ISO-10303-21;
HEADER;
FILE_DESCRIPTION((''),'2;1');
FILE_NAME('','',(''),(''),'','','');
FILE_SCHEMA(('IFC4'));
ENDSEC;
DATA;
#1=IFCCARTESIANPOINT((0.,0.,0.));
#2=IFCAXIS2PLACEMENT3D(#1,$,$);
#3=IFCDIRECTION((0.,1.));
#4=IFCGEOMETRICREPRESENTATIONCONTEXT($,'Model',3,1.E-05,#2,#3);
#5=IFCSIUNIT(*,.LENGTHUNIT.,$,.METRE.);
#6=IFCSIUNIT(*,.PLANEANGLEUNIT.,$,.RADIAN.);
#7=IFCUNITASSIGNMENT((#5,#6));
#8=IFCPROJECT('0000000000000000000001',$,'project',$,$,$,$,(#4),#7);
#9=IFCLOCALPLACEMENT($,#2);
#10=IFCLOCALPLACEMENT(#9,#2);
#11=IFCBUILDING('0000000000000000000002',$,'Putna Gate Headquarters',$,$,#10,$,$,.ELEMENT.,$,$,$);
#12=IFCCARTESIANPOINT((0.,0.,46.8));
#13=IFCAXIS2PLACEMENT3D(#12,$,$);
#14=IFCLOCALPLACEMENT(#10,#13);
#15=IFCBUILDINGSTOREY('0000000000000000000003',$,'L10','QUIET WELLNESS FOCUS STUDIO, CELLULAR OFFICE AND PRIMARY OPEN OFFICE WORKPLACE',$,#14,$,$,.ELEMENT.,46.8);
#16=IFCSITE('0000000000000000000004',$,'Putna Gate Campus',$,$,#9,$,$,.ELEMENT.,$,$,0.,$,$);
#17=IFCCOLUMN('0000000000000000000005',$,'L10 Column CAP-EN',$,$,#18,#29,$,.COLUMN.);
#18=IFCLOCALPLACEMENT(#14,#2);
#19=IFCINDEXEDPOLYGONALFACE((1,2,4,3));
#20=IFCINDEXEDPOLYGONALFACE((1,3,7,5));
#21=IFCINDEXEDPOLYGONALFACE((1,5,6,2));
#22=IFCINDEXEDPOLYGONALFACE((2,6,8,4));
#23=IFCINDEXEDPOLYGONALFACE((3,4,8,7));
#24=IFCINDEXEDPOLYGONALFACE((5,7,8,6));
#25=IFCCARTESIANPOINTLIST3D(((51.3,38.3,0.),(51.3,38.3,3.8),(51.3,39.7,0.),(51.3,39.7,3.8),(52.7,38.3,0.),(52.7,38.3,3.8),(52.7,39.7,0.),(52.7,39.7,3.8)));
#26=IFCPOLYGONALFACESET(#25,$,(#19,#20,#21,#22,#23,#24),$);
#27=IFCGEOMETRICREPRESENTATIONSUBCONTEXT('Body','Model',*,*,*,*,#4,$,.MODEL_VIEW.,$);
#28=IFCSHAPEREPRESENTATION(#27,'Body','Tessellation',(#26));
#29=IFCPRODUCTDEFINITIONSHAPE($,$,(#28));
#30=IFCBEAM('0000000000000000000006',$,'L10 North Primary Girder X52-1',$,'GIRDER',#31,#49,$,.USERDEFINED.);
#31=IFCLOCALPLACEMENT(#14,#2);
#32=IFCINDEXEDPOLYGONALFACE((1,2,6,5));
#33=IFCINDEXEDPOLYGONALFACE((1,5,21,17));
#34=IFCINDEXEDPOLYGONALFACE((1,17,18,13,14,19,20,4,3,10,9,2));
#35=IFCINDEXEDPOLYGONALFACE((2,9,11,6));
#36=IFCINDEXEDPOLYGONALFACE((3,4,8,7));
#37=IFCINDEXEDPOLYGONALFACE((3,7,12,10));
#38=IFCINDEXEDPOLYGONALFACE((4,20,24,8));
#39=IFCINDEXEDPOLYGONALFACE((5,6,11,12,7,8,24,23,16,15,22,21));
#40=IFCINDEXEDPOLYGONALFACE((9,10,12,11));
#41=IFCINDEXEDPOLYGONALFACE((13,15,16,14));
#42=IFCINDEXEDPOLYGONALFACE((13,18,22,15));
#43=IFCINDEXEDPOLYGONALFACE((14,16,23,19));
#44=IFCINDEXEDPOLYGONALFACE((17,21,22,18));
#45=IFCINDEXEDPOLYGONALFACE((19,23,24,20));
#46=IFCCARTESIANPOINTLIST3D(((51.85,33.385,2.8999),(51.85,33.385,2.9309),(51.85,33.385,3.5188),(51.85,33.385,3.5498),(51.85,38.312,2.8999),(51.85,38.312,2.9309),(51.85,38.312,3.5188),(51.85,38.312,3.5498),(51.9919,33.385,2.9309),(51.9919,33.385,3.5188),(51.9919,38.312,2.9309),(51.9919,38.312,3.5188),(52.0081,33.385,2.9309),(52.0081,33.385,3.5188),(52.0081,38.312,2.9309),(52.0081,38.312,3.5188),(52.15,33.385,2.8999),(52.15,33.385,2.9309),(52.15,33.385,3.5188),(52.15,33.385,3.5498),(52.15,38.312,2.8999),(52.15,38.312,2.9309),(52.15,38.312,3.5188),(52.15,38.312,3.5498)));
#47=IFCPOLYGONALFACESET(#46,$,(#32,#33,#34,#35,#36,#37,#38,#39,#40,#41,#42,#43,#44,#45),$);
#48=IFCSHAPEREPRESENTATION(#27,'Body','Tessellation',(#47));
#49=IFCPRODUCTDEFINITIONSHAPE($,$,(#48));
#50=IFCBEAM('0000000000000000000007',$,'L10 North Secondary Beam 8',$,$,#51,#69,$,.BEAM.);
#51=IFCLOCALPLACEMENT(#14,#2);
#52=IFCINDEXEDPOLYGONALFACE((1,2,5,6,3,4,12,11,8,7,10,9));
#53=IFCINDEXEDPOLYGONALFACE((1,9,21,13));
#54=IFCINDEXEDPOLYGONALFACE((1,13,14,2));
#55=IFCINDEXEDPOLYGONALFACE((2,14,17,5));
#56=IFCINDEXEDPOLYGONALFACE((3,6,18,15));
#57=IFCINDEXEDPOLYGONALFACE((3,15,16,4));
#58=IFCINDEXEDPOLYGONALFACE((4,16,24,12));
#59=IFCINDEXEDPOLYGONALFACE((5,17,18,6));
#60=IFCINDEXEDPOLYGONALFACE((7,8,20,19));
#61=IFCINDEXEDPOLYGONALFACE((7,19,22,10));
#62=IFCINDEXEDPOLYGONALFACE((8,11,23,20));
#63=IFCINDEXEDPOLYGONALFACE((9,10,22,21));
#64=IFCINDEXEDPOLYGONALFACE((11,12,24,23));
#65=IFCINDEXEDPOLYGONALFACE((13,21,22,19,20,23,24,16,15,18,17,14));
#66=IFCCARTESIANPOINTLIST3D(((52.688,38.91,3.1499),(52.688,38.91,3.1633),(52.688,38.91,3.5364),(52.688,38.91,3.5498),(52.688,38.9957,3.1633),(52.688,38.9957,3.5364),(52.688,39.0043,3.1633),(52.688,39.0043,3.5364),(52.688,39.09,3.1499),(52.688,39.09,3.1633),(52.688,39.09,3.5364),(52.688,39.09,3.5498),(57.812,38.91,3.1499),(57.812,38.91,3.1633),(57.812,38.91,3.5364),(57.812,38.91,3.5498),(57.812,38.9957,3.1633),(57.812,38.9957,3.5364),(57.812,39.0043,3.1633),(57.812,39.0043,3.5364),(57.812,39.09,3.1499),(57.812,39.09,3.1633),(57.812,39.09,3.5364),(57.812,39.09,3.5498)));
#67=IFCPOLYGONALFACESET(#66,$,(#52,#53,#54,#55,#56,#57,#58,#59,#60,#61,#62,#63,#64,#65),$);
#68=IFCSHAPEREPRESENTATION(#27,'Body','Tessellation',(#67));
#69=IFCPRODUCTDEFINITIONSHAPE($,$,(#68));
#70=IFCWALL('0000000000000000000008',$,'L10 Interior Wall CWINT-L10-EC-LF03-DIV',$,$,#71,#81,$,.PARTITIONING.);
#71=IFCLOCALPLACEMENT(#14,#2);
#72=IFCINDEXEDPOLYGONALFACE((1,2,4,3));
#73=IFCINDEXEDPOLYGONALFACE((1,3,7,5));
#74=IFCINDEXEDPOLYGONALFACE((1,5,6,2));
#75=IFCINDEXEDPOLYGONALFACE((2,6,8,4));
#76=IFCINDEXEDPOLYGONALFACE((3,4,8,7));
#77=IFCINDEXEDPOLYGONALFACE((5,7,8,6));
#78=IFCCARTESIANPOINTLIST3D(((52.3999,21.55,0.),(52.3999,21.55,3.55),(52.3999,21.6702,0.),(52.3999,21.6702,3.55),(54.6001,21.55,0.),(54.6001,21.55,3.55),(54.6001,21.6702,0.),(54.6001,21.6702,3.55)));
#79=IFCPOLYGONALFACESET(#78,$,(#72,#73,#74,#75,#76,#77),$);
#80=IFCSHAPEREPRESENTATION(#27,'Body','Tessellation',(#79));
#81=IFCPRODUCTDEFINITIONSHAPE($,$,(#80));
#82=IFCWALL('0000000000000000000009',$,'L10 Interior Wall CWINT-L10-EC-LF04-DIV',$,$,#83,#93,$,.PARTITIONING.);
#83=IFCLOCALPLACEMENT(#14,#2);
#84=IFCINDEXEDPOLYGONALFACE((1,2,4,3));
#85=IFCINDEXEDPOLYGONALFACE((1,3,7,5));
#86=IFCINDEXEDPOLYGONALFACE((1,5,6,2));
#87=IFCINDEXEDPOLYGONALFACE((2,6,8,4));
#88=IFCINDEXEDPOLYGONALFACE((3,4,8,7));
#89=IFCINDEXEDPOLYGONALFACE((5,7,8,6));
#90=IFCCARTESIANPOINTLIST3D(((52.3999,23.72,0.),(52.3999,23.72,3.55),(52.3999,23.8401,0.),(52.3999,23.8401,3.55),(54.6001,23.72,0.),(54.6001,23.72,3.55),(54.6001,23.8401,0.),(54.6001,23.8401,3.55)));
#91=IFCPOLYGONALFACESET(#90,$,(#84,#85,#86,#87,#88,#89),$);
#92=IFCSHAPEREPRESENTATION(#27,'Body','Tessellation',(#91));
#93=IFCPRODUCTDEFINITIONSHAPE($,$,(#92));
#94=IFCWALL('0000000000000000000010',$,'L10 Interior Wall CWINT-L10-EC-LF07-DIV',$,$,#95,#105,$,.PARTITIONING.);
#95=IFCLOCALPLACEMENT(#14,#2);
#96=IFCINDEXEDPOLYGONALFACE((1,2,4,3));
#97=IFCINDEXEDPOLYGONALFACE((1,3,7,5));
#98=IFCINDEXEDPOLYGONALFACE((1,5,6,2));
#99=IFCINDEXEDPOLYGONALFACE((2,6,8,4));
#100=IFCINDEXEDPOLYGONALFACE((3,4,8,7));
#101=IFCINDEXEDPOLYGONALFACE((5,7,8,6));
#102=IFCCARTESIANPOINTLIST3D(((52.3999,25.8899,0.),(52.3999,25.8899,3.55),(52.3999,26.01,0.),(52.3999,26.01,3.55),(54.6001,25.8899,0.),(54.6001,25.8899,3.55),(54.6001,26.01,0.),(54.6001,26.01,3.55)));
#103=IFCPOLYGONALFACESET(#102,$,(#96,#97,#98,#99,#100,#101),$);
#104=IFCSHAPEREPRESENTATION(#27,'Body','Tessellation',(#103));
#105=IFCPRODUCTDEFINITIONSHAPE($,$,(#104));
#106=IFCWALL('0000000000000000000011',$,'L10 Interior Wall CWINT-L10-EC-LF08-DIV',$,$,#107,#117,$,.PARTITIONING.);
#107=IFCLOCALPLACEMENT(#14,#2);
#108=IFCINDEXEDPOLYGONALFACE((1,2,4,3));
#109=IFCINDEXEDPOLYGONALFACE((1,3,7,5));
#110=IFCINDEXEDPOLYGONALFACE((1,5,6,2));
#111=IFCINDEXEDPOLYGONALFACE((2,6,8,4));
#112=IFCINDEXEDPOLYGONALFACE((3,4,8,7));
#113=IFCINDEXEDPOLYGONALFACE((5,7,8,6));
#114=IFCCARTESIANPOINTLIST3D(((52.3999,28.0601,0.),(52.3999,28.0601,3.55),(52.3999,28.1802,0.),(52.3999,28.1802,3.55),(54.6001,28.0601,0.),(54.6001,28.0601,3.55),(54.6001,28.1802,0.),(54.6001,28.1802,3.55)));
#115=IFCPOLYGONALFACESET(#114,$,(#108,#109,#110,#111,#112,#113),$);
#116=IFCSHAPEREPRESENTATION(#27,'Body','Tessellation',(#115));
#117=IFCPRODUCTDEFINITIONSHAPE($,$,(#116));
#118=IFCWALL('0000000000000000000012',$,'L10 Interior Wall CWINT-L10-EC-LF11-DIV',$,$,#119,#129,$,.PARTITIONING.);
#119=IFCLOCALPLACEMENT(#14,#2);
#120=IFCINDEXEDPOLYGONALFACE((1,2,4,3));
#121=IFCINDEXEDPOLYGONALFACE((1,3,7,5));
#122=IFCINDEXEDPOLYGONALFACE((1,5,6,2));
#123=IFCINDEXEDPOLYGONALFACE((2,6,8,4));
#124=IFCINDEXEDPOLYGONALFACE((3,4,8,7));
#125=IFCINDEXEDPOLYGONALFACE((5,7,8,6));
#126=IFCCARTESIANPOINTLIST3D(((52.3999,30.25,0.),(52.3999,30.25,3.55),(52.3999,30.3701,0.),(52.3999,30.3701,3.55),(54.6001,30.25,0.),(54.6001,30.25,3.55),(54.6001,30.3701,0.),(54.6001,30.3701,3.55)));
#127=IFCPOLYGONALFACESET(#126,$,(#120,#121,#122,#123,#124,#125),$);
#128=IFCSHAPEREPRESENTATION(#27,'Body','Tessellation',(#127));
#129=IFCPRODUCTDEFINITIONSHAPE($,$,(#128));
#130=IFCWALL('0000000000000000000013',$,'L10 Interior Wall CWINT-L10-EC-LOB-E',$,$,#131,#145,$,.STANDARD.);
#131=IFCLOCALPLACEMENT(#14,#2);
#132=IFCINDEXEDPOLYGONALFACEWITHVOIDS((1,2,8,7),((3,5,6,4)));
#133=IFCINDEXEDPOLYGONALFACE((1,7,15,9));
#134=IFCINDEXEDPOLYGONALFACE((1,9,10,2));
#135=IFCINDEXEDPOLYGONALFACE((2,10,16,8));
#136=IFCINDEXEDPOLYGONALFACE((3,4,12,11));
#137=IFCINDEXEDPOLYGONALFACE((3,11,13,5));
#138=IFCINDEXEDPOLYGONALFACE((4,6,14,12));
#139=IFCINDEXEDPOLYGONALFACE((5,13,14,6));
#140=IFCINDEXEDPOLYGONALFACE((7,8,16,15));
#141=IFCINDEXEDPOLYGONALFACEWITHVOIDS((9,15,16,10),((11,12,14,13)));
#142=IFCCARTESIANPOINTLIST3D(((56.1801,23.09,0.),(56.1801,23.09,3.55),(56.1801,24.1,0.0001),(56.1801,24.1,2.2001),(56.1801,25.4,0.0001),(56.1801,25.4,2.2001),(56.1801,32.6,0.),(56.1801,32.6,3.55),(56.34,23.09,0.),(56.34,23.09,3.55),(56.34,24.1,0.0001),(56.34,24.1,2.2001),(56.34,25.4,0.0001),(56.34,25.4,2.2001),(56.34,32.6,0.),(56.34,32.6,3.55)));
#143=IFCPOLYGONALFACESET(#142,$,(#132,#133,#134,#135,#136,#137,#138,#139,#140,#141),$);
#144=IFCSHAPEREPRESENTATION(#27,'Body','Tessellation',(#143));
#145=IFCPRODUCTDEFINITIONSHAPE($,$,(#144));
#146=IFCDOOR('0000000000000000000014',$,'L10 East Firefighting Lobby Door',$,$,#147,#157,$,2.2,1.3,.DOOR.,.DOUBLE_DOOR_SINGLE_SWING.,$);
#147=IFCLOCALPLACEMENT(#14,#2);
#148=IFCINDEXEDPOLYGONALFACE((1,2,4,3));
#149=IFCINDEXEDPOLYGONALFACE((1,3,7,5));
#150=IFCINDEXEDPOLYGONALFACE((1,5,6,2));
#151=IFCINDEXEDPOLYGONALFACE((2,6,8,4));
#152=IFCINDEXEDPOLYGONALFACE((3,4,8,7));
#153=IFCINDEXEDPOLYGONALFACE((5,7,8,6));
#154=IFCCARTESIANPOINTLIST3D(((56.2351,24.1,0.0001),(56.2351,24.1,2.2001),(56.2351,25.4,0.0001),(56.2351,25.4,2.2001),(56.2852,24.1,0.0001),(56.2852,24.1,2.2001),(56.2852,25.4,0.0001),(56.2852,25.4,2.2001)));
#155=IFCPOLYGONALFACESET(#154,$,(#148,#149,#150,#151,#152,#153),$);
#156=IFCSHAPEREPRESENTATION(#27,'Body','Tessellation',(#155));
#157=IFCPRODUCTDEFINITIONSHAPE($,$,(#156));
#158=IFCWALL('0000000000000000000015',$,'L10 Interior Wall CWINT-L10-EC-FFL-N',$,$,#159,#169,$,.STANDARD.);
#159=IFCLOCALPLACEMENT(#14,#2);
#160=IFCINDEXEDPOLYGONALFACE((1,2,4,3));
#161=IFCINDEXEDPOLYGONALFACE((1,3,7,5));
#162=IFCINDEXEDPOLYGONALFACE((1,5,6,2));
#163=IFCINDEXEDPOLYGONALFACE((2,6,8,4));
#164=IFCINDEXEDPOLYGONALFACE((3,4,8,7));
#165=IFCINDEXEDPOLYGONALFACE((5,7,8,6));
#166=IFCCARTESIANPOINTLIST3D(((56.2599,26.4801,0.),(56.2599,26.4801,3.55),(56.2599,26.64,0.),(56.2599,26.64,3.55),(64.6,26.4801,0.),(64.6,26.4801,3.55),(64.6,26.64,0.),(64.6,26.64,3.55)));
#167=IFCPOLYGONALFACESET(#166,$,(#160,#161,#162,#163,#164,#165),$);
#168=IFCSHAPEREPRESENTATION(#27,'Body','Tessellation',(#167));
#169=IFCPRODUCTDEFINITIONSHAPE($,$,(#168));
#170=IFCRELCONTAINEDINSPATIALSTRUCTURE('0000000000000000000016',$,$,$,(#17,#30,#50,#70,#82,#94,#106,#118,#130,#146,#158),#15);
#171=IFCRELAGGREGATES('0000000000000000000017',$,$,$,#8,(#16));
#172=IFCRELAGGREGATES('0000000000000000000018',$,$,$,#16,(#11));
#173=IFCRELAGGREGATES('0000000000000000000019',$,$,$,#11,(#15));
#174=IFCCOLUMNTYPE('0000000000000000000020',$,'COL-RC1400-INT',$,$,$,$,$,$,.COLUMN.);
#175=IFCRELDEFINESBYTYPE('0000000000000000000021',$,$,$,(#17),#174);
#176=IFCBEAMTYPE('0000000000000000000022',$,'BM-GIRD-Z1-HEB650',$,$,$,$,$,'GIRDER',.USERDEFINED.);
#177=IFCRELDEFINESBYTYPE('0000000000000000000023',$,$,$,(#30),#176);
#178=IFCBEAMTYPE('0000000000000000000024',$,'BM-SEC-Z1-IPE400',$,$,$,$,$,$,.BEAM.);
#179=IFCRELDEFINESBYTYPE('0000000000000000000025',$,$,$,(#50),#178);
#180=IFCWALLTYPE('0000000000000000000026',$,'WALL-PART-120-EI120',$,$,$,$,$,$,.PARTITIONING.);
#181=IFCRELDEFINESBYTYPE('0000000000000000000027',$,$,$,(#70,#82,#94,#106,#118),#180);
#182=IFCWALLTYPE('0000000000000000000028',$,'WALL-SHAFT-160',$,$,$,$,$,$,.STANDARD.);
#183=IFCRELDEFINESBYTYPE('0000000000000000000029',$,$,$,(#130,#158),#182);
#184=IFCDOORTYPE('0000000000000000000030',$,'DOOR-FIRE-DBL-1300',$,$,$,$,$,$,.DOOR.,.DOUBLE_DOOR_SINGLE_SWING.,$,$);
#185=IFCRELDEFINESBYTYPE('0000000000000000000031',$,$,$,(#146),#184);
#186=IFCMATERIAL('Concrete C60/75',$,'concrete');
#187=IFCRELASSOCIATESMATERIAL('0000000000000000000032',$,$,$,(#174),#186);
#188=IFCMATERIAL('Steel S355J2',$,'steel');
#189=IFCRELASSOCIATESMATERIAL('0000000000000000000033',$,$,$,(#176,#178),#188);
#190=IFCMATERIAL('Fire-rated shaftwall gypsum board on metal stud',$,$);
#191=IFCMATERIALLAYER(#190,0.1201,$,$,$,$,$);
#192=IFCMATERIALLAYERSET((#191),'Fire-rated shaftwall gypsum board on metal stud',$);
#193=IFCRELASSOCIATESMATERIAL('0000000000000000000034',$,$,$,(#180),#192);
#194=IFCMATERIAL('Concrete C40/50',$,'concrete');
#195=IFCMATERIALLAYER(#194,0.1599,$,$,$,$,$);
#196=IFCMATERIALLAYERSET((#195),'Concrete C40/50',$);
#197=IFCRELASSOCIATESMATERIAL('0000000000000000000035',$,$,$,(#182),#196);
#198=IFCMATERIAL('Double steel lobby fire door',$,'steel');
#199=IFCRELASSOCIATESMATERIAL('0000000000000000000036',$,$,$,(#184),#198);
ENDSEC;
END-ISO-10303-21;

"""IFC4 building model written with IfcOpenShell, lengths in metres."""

from ifc_helpers import new_model, si_unit, direction, frame, frame_2d, origin, origin_2d, place, context, subcontext, project, spatial, rectangle, i_section, extrude, material, layer, layer_set, material_profile, profile_set, type_object, element, fill, save


model = new_model("IFC4")

# Units and contexts
model_context = context("Model", 3, precision=1e-05, world=origin(), true_north=direction((0.0, 1.0)))
body_context = subcontext(model_context, "Body", "Model", "MODEL_VIEW")
ifc_project = project(units=[si_unit("LENGTHUNIT", "METRE"), si_unit("PLANEANGLEUNIT", "RADIAN")], contexts=[model_context])

# Site, building, storey
site_placement = place(None, origin())
site = spatial("IfcSite", under=ifc_project, at=site_placement, Name="Putna Gate Campus", CompositionType="ELEMENT", RefElevation=0.0)
building_placement = place(site_placement, origin())
building = spatial("IfcBuilding", under=site, at=building_placement, Name="Putna Gate Headquarters", CompositionType="ELEMENT")
storey_placement = place(building_placement, frame((0.0, 0.0, 46.8)))
storey = spatial("IfcBuildingStorey", under=building, at=storey_placement, Name="L10", Description="QUIET WELLNESS FOCUS STUDIO, CELLULAR OFFICE AND PRIMARY OPEN OFFICE WORKPLACE", CompositionType="ELEMENT", Elevation=46.8)

# Column
ifc_material_1 = material(Name="Concrete C60/75", Category="concrete")
ifc_material_profile_1 = material_profile(ifc_material_1, rectangle(XDim=1.3999, YDim=1.3999, at=origin_2d()), Name="Concrete C60/75")
ifc_profile_set_1 = profile_set([ifc_material_profile_1], Name="Concrete C60/75")
column_type = type_object("IfcColumnType", Name="COL-RC1400-INT", PredefinedType="COLUMN", material=ifc_profile_set_1)
column_placement = place(storey_placement, frame((52.0, 39.0, 0.0), z_axis=(0.0, 0.0, 1.0), x_axis=(1.0, 0.0, 0.0)))
element("IfcColumn", 1, at=column_placement, inside=storey, type_object=column_type, Name="L10 Column CAP-EN", PredefinedType="COLUMN", context=body_context, shape_type="SweptSolid", body=[
    extrude(rectangle(XDim=1.3999, YDim=1.3999, at=origin_2d()), origin(), (0.0, 0.0, 1.0), 3.8),
])

# Beams
ifc_material_2 = material(Name="Steel S355J2", Category="steel")
ifc_material_profile_2 = material_profile(ifc_material_2, i_section(OverallWidth=0.3, OverallDepth=0.6499, WebThickness=0.0161, FlangeThickness=0.031, at=origin_2d()), Name="Steel S355J2")
ifc_profile_set_2 = profile_set([ifc_material_profile_2], Name="Steel S355J2")
beam_type_1 = type_object("IfcBeamType", Name="BM-GIRD-Z1-HEB650", ElementType="GIRDER", PredefinedType="USERDEFINED", material=ifc_profile_set_2)
beam_1_placement = place(storey_placement, frame((52.0, 33.385, 3.2249), z_axis=(0.0, 1.0, 0.0), x_axis=(-1.0, 0.0, 0.0)))
element("IfcBeam", 2, at=beam_1_placement, inside=storey, type_object=beam_type_1, Name="L10 North Primary Girder X52-1", ObjectType="GIRDER", PredefinedType="USERDEFINED", context=body_context, shape_type="SweptSolid", body=[
    extrude(i_section(OverallWidth=0.3, OverallDepth=0.6499, WebThickness=0.0161, FlangeThickness=0.031, at=origin_2d()), origin(), (0.0, 0.0, 1.0), 4.927),
])
ifc_material_profile_3 = material_profile(ifc_material_2, i_section(OverallWidth=0.1799, OverallDepth=0.3999, WebThickness=0.0085, FlangeThickness=0.0134, at=origin_2d()), Name="Steel S355J2")
ifc_profile_set_3 = profile_set([ifc_material_profile_3], Name="Steel S355J2")
beam_type_2 = type_object("IfcBeamType", Name="BM-SEC-Z1-IPE400", PredefinedType="BEAM", material=ifc_profile_set_3)
beam_2_placement = place(storey_placement, frame((52.688, 39.0, 3.3499), z_axis=(1.0, 0.0, 0.0), x_axis=(0.0, 1.0, 0.0)))
element("IfcBeam", 3, at=beam_2_placement, inside=storey, type_object=beam_type_2, Name="L10 North Secondary Beam 8", PredefinedType="BEAM", context=body_context, shape_type="SweptSolid", body=[
    extrude(i_section(OverallWidth=0.1799, OverallDepth=0.3999, WebThickness=0.0085, FlangeThickness=0.0134, at=origin_2d()), origin(), (0.0, 0.0, 1.0), 5.124),
])

# Walls
ifc_material_3 = material(Name="Fire-rated shaftwall gypsum board on metal stud")
ifc_layer_1 = layer(ifc_material_3, 0.1201)
ifc_layer_set_1 = layer_set([ifc_layer_1], Name="Fire-rated shaftwall gypsum board on metal stud")
wall_type_1 = type_object("IfcWallType", Name="WALL-PART-120-EI120", PredefinedType="PARTITIONING", material=ifc_layer_set_1)
for number, where, z_axis, x_axis, name in (
    (4, (52.3999, 21.6101, 0.0), (0.0, 0.0, 1.0), (1.0, 0.0, 0.0), "L10 Interior Wall CWINT-L10-EC-LF03-DIV"),
    (5, (52.3999, 23.78, 0.0), (0.0, 0.0, 1.0), (1.0, 0.0, 0.0), "L10 Interior Wall CWINT-L10-EC-LF04-DIV"),
    (6, (52.3999, 25.95, 0.0), (0.0, 0.0, 1.0), (1.0, 0.0, 0.0), "L10 Interior Wall CWINT-L10-EC-LF07-DIV"),
    (7, (52.3999, 28.1201, 0.0), (0.0, 0.0, 1.0), (1.0, 0.0, 0.0), "L10 Interior Wall CWINT-L10-EC-LF08-DIV"),
    (8, (52.3999, 30.3101, 0.0), (0.0, 0.0, 1.0), (1.0, 0.0, 0.0), "L10 Interior Wall CWINT-L10-EC-LF11-DIV"),
):
    element("IfcWall", number, at=place(storey_placement, frame(where, z_axis=z_axis, x_axis=x_axis)), inside=storey, type_object=wall_type_1, Name=name, PredefinedType="PARTITIONING", context=body_context, shape_type="SweptSolid", body=[
        extrude(rectangle(XDim=2.2002, YDim=0.1201, at=frame_2d((1.1001, 0.0))), origin(), (0.0, 0.0, 1.0), 3.55),
    ])

# Wall, opening, door
ifc_material_4 = material(Name="Concrete C40/50", Category="concrete")
ifc_layer_2 = layer(ifc_material_4, 0.1599)
ifc_layer_set_2 = layer_set([ifc_layer_2], Name="Concrete C40/50")
wall_type_2 = type_object("IfcWallType", Name="WALL-SHAFT-160", PredefinedType="STANDARD", material=ifc_layer_set_2)
wall_1_placement = place(storey_placement, frame((56.26, 23.0901, 0.0), z_axis=(0.0, 0.0, 1.0), x_axis=(0.0, 1.0, 0.0)))
wall_1 = element("IfcWall", 9, at=wall_1_placement, inside=storey, type_object=wall_type_2, Name="L10 Interior Wall CWINT-L10-EC-LOB-E", PredefinedType="STANDARD", context=body_context, shape_type="SweptSolid", body=[
    extrude(rectangle(XDim=9.51, YDim=0.1599, at=frame_2d((4.7549, 0.0))), origin(), (0.0, 0.0, 1.0), 3.55),
])
opening_1_placement = place(wall_1_placement, frame((1.01, 0.0, 0.0)))
opening_1 = element("IfcOpeningElement", 10, at=opening_1_placement, cuts=wall_1, PredefinedType="OPENING", context=body_context, shape_type="SweptSolid", body=[
    extrude(rectangle(XDim=1.3, YDim=2.2, at=frame_2d((0.6499, 1.1001))), frame((0.0, 0.0898, 0.0), z_axis=(0.0, -1.0, 0.0), x_axis=(1.0, 0.0, 0.0)), (0.0, 0.0, 1.0), 0.1799),
])
ifc_material_5 = material(Name="Double steel lobby fire door", Category="steel")
door_type_1 = type_object("IfcDoorType", Name="DOOR-FIRE-DBL-1300", OperationType="DOUBLE_DOOR_SINGLE_SWING", PredefinedType="DOOR", material=ifc_material_5)
door_1_placement = place(opening_1_placement, origin())
door_1 = element("IfcDoor", 11, at=door_1_placement, inside=storey, type_object=door_type_1, Name="L10 East Firefighting Lobby Door", OperationType="DOUBLE_DOOR_SINGLE_SWING", OverallHeight=2.2, OverallWidth=1.3, PredefinedType="DOOR", context=body_context, shape_type="SweptSolid", body=[
    extrude(rectangle(XDim=1.3, YDim=2.2, at=frame_2d((0.6499, 1.1001))), frame((0.0, 0.0249, 0.0), z_axis=(0.0, -1.0, 0.0), x_axis=(1.0, 0.0, 0.0)), (0.0, 0.0, 1.0), 0.05),
])
fill(opening_1, door_1)

# Wall
wall_2_placement = place(storey_placement, frame((56.26, 26.5601, 0.0), z_axis=(0.0, 0.0, 1.0), x_axis=(1.0, 0.0, 0.0)))
element("IfcWall", 12, at=wall_2_placement, inside=storey, type_object=wall_type_2, Name="L10 Interior Wall CWINT-L10-EC-FFL-N", PredefinedType="STANDARD", context=body_context, shape_type="SweptSolid", body=[
    extrude(rectangle(XDim=8.3401, YDim=0.1599, at=frame_2d((4.1699, 0.0))), origin(), (0.0, 0.0, 1.0), 3.55),
])

save(model, "model.ifc")
